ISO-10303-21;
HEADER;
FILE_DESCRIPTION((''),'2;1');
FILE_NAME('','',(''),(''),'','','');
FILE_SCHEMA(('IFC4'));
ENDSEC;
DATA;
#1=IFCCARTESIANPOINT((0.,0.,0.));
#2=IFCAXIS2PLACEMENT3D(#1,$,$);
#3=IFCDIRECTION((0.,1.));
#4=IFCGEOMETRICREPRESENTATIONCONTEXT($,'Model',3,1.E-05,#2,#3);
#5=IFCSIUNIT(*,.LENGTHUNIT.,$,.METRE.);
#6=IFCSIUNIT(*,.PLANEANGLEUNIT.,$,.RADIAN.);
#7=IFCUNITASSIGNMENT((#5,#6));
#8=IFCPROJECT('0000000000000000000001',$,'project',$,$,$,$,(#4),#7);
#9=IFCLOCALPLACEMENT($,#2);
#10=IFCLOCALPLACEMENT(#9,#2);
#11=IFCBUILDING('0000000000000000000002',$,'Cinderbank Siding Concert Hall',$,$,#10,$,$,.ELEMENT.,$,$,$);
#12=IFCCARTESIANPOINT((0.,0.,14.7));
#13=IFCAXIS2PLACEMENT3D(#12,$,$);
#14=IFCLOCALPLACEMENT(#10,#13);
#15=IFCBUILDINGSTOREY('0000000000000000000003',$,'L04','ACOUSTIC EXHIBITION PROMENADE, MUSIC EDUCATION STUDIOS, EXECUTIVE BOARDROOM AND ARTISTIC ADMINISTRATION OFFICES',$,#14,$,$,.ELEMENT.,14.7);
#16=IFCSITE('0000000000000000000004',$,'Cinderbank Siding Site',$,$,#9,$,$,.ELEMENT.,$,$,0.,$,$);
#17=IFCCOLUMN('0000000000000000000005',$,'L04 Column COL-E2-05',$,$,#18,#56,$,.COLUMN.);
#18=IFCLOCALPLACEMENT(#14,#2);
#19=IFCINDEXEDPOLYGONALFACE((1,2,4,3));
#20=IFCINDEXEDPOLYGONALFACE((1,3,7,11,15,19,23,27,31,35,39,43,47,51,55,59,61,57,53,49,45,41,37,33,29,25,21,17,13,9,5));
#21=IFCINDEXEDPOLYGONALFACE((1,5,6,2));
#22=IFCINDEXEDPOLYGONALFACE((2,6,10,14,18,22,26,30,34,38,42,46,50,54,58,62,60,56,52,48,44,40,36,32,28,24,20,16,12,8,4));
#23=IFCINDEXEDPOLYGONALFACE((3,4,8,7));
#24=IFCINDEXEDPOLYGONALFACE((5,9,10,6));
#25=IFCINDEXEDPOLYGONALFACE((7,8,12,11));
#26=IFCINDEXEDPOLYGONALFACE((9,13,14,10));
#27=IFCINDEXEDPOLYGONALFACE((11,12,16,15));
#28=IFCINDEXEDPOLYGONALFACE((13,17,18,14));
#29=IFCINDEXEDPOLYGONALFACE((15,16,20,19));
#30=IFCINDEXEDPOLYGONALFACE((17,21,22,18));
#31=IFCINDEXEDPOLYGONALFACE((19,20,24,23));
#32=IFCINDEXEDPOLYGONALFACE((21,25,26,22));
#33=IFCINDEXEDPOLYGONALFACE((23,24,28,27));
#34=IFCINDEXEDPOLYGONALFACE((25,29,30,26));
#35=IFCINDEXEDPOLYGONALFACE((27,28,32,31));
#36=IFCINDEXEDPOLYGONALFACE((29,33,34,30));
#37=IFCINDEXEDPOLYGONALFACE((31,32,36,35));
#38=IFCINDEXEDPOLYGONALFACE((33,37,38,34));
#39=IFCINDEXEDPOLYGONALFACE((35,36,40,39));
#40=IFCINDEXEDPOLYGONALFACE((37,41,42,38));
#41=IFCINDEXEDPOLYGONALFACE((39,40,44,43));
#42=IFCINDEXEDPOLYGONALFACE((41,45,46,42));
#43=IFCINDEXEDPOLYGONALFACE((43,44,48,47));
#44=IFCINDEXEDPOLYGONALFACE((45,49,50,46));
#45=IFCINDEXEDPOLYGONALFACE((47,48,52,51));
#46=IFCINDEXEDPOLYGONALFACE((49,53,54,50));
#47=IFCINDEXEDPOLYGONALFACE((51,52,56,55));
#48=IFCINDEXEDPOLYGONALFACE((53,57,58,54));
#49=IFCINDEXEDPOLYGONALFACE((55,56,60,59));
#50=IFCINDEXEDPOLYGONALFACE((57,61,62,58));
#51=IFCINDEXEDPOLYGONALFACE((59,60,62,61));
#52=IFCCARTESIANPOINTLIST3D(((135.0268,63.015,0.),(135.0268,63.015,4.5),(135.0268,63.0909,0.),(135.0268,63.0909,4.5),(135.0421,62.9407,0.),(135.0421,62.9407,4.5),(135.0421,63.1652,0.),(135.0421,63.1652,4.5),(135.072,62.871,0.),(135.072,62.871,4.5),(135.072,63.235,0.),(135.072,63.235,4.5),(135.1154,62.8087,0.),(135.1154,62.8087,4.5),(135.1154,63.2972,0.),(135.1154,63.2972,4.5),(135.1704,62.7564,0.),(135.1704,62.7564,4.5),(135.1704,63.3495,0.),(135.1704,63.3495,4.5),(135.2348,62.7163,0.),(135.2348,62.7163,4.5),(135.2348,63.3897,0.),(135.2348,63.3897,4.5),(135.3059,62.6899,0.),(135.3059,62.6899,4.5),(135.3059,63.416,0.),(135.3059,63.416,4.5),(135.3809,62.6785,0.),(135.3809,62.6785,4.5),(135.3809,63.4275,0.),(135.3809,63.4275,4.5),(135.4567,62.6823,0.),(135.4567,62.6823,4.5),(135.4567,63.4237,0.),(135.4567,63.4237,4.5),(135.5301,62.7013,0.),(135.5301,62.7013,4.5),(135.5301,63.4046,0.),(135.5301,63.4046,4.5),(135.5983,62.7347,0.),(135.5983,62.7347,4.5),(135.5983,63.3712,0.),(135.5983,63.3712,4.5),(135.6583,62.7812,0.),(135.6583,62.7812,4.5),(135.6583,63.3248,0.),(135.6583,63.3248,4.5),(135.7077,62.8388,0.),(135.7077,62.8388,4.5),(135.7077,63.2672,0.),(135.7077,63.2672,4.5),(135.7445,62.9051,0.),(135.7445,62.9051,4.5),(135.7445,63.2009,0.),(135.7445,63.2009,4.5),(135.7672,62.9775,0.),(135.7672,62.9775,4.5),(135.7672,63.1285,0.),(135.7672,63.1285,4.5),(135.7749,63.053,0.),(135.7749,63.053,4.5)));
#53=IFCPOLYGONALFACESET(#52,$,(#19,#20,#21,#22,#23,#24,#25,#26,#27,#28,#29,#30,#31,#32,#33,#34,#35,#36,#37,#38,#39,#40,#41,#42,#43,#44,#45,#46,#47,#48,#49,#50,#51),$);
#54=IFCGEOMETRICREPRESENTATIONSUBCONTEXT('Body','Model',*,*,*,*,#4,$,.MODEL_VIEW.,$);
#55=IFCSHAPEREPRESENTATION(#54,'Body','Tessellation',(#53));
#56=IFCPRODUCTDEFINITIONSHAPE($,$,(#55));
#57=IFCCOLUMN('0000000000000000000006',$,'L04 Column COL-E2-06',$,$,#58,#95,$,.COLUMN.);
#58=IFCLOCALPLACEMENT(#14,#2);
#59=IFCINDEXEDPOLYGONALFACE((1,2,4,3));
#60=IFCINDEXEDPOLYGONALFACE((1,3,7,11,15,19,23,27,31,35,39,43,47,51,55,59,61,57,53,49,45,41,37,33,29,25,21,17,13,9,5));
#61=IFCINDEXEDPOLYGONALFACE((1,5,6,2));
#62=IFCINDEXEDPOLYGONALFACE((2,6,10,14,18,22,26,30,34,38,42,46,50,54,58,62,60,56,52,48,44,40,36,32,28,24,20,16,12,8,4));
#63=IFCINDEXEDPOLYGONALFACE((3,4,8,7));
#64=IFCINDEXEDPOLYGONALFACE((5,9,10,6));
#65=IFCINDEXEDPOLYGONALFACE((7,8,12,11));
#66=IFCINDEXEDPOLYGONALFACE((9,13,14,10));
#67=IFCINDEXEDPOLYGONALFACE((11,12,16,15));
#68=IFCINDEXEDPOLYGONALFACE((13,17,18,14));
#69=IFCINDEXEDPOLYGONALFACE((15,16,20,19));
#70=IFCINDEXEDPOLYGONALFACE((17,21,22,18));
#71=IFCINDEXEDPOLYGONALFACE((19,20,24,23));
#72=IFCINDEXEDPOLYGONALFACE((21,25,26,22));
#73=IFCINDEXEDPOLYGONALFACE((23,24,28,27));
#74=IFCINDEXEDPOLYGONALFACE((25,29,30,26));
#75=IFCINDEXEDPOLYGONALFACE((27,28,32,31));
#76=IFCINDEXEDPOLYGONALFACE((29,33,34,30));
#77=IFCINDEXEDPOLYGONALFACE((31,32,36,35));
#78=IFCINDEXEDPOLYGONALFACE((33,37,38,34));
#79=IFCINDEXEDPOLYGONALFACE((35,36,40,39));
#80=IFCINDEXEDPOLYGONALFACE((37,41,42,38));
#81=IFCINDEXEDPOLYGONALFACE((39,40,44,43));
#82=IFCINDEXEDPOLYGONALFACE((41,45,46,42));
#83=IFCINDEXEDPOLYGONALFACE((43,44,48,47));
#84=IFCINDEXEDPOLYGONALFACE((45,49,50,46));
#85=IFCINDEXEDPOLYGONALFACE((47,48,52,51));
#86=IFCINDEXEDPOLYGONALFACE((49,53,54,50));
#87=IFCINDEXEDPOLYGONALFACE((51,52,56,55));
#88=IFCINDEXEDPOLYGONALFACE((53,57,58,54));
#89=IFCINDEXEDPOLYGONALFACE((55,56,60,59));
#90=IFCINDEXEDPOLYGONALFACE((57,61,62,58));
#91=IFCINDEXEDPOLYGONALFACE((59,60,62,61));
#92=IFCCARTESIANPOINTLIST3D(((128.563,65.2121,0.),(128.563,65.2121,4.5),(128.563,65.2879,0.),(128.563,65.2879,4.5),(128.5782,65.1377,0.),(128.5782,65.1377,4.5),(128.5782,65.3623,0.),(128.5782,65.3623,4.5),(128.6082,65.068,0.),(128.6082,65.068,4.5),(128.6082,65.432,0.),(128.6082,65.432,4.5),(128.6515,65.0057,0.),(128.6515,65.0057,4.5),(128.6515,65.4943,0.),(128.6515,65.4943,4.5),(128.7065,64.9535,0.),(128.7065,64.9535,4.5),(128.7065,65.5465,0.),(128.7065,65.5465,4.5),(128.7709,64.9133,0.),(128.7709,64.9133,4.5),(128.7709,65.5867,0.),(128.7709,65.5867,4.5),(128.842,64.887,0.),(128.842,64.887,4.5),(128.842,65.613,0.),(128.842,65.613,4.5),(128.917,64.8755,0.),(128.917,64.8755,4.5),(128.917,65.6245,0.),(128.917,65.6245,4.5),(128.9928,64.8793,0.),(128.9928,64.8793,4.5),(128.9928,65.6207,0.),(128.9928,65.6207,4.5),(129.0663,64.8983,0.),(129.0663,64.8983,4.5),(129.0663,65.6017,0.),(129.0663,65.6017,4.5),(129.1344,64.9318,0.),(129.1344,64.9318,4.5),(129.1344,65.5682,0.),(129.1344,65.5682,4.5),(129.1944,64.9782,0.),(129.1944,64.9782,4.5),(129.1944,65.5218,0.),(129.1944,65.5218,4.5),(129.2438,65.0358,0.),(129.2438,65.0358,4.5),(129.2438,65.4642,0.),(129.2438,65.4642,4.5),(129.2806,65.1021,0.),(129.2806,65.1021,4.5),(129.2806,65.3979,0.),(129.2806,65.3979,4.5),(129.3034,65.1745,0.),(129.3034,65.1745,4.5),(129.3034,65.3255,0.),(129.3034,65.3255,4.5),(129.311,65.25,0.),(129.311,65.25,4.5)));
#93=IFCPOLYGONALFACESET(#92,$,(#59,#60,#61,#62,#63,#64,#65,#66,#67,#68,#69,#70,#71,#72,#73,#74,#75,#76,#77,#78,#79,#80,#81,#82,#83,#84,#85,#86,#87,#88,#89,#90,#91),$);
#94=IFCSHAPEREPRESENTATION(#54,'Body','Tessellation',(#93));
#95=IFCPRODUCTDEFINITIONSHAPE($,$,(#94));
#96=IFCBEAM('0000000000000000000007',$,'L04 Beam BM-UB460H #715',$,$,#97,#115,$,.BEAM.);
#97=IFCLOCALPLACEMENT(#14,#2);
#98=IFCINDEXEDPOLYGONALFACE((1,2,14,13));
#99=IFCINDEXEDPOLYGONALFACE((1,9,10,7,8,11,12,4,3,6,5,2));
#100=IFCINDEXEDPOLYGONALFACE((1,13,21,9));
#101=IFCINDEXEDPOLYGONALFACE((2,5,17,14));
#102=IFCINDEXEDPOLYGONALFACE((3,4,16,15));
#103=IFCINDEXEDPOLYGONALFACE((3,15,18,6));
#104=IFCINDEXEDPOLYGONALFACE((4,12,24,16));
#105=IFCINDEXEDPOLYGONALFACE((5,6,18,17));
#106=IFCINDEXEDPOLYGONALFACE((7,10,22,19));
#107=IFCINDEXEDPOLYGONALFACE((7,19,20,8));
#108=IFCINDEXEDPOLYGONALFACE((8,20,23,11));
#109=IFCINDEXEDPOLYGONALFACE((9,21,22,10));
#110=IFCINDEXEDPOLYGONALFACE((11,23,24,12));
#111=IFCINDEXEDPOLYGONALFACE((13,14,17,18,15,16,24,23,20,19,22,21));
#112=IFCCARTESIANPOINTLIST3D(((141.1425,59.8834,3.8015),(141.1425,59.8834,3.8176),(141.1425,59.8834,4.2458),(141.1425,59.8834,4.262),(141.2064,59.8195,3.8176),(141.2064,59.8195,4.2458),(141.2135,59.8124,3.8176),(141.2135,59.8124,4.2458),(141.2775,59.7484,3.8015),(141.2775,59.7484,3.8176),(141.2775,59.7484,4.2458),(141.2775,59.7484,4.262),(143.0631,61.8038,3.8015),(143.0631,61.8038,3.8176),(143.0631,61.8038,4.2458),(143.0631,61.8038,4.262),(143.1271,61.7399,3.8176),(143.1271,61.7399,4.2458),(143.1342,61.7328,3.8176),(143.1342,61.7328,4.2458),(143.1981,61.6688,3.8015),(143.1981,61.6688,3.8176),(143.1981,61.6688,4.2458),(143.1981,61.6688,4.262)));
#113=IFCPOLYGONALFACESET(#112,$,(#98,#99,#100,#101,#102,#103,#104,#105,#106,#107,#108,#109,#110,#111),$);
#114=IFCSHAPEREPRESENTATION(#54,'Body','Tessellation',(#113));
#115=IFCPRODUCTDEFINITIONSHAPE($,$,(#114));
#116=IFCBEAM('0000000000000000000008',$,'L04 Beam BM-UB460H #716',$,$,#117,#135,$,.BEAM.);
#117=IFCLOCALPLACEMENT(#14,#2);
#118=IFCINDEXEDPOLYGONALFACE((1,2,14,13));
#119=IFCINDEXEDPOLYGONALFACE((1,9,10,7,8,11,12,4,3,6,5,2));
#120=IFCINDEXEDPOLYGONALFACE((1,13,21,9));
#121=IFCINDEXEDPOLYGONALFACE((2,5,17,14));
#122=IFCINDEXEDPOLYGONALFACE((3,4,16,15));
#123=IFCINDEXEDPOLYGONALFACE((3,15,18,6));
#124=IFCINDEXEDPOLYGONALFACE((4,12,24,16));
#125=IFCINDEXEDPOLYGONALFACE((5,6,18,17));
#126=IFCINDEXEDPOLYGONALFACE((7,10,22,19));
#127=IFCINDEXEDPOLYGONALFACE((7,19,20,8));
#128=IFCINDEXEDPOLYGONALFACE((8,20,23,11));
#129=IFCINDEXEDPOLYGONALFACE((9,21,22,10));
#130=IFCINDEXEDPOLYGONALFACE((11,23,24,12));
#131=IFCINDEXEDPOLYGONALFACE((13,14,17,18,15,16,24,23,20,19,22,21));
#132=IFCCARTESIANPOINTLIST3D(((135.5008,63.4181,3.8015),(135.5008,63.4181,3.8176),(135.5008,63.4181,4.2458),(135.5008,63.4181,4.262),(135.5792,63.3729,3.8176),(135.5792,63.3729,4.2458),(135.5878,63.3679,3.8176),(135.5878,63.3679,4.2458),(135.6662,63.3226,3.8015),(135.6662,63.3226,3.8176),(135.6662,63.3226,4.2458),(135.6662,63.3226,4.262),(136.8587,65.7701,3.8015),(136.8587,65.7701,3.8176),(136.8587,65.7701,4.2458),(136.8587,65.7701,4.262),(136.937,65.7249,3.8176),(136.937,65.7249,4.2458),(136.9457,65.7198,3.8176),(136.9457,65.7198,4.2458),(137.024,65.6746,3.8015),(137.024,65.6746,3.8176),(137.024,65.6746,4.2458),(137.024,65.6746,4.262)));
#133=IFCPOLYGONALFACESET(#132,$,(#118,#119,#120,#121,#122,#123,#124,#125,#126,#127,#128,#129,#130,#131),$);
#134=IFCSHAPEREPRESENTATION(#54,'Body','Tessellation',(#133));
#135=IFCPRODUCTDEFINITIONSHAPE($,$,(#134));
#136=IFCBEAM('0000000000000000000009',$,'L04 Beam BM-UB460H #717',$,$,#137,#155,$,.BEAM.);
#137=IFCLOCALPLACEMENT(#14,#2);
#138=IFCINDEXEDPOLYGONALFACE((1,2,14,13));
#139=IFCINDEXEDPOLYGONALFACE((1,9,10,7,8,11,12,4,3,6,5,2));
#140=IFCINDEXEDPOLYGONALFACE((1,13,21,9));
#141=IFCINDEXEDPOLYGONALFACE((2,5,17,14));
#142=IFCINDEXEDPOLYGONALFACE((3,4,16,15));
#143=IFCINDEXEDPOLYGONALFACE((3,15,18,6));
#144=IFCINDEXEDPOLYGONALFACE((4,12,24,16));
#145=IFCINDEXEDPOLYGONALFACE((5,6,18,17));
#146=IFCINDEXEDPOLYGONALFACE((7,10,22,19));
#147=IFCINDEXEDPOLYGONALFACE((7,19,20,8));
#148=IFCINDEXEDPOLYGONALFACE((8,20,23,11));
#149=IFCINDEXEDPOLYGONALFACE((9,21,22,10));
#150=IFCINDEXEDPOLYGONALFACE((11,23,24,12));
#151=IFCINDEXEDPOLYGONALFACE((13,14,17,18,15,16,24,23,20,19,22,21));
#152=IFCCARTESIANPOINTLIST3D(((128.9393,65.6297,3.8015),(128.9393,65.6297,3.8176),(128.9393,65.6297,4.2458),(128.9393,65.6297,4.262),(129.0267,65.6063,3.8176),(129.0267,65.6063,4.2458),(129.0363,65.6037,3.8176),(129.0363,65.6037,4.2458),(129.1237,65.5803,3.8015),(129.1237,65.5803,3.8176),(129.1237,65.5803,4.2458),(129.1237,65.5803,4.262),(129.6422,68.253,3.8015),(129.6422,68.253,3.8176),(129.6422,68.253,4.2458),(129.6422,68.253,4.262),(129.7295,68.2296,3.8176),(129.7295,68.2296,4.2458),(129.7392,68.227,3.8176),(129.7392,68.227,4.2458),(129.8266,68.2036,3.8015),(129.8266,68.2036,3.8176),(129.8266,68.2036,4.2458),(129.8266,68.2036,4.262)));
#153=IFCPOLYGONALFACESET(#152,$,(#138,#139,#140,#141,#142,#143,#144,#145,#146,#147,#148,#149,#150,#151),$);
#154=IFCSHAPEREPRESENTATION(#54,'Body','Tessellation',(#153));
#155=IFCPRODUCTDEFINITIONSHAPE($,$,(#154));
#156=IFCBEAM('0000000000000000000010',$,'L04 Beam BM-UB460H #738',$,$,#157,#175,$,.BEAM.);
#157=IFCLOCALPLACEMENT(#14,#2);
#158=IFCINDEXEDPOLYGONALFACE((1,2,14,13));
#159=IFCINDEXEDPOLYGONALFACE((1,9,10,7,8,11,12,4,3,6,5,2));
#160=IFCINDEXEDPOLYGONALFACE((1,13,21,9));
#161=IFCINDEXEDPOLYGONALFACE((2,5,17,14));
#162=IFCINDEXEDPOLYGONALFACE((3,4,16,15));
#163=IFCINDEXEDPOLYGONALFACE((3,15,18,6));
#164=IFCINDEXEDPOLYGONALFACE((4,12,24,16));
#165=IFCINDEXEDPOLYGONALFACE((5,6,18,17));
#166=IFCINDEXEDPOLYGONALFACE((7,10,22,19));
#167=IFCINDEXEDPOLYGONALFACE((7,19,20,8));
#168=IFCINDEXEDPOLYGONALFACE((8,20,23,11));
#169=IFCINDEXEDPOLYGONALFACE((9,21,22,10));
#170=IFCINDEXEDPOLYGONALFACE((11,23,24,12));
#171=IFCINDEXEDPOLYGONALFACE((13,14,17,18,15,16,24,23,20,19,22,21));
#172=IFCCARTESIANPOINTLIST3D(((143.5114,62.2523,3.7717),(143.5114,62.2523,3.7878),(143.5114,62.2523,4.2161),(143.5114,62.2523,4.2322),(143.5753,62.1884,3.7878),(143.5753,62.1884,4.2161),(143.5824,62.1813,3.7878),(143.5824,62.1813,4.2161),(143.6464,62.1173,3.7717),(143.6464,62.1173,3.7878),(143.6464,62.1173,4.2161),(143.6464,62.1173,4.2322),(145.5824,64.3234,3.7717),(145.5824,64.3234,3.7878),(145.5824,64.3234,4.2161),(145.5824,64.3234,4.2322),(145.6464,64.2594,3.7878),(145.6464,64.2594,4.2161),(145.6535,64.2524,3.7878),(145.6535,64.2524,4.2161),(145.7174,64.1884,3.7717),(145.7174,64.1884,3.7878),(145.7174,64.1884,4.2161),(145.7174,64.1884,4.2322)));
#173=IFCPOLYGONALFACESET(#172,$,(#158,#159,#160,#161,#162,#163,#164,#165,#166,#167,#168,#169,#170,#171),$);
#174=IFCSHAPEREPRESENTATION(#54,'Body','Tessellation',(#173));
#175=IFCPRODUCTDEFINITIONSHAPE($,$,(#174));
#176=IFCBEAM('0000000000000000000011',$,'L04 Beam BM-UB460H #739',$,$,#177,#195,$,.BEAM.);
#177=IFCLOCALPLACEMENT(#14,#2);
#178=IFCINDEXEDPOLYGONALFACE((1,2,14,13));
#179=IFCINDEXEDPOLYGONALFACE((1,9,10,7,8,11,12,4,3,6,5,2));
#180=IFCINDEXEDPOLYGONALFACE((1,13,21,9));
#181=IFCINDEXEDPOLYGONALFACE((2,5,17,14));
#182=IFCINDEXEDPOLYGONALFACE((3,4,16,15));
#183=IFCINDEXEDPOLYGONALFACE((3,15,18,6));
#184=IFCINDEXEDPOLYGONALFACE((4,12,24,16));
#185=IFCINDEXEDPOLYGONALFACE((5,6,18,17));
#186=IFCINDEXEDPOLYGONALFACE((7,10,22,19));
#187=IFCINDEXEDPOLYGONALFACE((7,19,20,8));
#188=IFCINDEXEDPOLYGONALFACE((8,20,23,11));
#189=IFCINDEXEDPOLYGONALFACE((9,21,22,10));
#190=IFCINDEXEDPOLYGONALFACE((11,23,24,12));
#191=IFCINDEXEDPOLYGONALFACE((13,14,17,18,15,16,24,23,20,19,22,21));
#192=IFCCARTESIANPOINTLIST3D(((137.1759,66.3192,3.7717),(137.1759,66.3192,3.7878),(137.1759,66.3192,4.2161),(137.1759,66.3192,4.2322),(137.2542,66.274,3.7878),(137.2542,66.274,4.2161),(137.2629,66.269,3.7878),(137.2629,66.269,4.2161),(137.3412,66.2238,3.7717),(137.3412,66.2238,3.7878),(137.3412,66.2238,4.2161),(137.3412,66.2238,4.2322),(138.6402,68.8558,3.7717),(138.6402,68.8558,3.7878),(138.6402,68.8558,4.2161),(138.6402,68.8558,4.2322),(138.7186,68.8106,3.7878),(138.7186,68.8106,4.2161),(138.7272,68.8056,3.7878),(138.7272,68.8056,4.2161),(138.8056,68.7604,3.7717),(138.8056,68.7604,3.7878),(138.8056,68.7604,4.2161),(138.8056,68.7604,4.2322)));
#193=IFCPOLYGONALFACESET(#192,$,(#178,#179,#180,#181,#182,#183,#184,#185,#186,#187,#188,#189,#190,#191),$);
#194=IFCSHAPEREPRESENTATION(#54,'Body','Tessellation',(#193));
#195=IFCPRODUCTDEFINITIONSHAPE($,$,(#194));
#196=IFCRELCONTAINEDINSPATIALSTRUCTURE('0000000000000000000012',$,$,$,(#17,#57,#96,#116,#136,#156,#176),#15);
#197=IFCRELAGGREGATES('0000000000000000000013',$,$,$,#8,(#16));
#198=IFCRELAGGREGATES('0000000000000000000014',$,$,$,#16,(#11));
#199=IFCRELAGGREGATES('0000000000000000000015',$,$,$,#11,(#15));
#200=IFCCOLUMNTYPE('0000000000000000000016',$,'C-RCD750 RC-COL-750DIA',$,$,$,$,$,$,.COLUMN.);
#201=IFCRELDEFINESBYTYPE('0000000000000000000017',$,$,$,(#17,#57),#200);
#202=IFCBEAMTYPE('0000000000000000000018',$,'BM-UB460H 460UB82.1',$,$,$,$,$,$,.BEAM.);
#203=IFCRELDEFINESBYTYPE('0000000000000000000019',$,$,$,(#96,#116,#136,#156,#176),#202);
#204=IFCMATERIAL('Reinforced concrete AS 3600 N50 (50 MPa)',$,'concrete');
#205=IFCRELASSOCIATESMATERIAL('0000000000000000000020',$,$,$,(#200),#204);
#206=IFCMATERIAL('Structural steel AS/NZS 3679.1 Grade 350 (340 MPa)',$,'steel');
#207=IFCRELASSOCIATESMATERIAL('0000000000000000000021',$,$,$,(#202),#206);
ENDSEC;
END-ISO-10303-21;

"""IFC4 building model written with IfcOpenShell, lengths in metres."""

from ifc_helpers import new_model, si_unit, direction, frame, origin, origin_2d, place, context, subcontext, project, spatial, circle, i_section, extrude, material, material_profile, profile_set, type_object, element, save


model = new_model("IFC4")

# Units and contexts
model_context = context("Model", 3, precision=1e-05, world=origin(), true_north=direction((0.0, 1.0)))
body_context = subcontext(model_context, "Body", "Model", "MODEL_VIEW")
ifc_project = project(units=[si_unit("LENGTHUNIT", "METRE"), si_unit("PLANEANGLEUNIT", "RADIAN")], contexts=[model_context])

# Site, building, storey
site_placement = place(None, origin())
site = spatial("IfcSite", under=ifc_project, at=site_placement, Name="Cinderbank Siding Site", CompositionType="ELEMENT", RefElevation=0.0)
building_placement = place(site_placement, origin())
building = spatial("IfcBuilding", under=site, at=building_placement, Name="Cinderbank Siding Concert Hall", CompositionType="ELEMENT")
storey_placement = place(building_placement, frame((0.0, 0.0, 14.7)))
storey = spatial("IfcBuildingStorey", under=building, at=storey_placement, Name="L04", Description="ACOUSTIC EXHIBITION PROMENADE, MUSIC EDUCATION STUDIOS, EXECUTIVE BOARDROOM AND ARTISTIC ADMINISTRATION OFFICES", CompositionType="ELEMENT", Elevation=14.7)

# Columns
ifc_material_1 = material(Name="Reinforced concrete AS 3600 N50 (50 MPa)", Category="concrete")
ifc_material_profile_1 = material_profile(ifc_material_1, circle(Radius=0.375, at=origin_2d()), Name="RC-COL-750DIA", Category="LoadBearing")
ifc_profile_set_1 = profile_set([ifc_material_profile_1], Name="Reinforced concrete AS 3600 N50 (50 MPa)")
column_type_1 = type_object("IfcColumnType", Name="C-RCD750 RC-COL-750DIA", PredefinedType="COLUMN", material=ifc_profile_set_1)
for number, where, z_axis, x_axis, name in (
    (1, (135.3999, 63.053, 0.0), (0.0, 0.0, 1.0), (1.0, 0.0, 0.0), "L04 Column COL-E2-05"),
    (2, (128.936, 65.25, 0.0), (0.0, 0.0, 1.0), (1.0, 0.0, 0.0), "L04 Column COL-E2-06"),
):
    element("IfcColumn", number, at=place(storey_placement, frame(where, z_axis=z_axis, x_axis=x_axis)), inside=storey, type_object=column_type_1, Name=name, PredefinedType="COLUMN", context=body_context, shape_type="SweptSolid", body=[
        extrude(circle(Radius=0.375, at=origin_2d()), origin(), (0.0, 0.0, 1.0), 4.5),
    ])

# Beams
ifc_material_2 = material(Name="Structural steel AS/NZS 3679.1 Grade 350 (340 MPa)", Category="steel")
ifc_material_profile_2 = material_profile(ifc_material_2, i_section(OverallWidth=0.1909, OverallDepth=0.4604, WebThickness=0.01, FlangeThickness=0.0161, at=origin_2d()), Name="460UB82.1", Category="LoadBearing")
ifc_profile_set_2 = profile_set([ifc_material_profile_2], Name="Structural steel AS/NZS 3679.1 Grade 350 (340 MPa)")
beam_type_1 = type_object("IfcBeamType", Name="BM-UB460H 460UB82.1", PredefinedType="BEAM", material=ifc_profile_set_2)
beam_1_placement = place(storey_placement, frame((141.21, 59.8159, 4.0317), z_axis=(0.707152, 0.707062, 0.0), x_axis=(-0.707062, 0.707152, 0.0)))
element("IfcBeam", 3, at=beam_1_placement, inside=storey, type_object=beam_type_1, Name="L04 Beam BM-UB460H #715", PredefinedType="BEAM", context=body_context, shape_type="SweptSolid", body=[
    extrude(i_section(OverallWidth=0.1909, OverallDepth=0.4604, WebThickness=0.01, FlangeThickness=0.0161, at=origin_2d()), origin(), (0.0, 0.0, 1.0), 2.7161),
])
for number, where, z_axis, x_axis, name in (
    (4, (135.5835, 63.3704, 4.0317), (0.499987, 0.866033, 0.0), (-0.866033, 0.499987, 0.0), "L04 Beam BM-UB460H #716"),
    (5, (129.0315, 65.605, 4.0317), (0.258809, 0.965928, 0.0), (-0.965928, 0.258809, 0.0), "L04 Beam BM-UB460H #717"),
):
    element("IfcBeam", number, at=place(storey_placement, frame(where, z_axis=z_axis, x_axis=x_axis)), inside=storey, type_object=beam_type_1, Name=name, PredefinedType="BEAM", context=body_context, shape_type="SweptSolid", body=[
        extrude(i_section(OverallWidth=0.1909, OverallDepth=0.4604, WebThickness=0.01, FlangeThickness=0.0161, at=origin_2d()), origin(), (0.0, 0.0, 1.0), 2.7158),
    ])
for number, where, z_axis, x_axis, name in (
    (6, (143.5789, 62.1848, 4.002), (0.707107, 0.707107, 0.0), (-0.707107, 0.707107, 0.0), "L04 Beam BM-UB460H #738"),
    (7, (137.2585, 66.2715, 4.002), (0.499958, 0.86605, 0.0), (-0.86605, 0.499958, 0.0), "L04 Beam BM-UB460H #739"),
):
    element("IfcBeam", number, at=place(storey_placement, frame(where, z_axis=z_axis, x_axis=x_axis)), inside=storey, type_object=beam_type_1, Name=name, PredefinedType="BEAM", context=body_context, shape_type="SweptSolid", body=[
        extrude(i_section(OverallWidth=0.1909, OverallDepth=0.4604, WebThickness=0.01, FlangeThickness=0.0161, at=origin_2d()), origin(), (0.0, 0.0, 1.0), 2.929),
    ])

save(model, "model.ifc")
